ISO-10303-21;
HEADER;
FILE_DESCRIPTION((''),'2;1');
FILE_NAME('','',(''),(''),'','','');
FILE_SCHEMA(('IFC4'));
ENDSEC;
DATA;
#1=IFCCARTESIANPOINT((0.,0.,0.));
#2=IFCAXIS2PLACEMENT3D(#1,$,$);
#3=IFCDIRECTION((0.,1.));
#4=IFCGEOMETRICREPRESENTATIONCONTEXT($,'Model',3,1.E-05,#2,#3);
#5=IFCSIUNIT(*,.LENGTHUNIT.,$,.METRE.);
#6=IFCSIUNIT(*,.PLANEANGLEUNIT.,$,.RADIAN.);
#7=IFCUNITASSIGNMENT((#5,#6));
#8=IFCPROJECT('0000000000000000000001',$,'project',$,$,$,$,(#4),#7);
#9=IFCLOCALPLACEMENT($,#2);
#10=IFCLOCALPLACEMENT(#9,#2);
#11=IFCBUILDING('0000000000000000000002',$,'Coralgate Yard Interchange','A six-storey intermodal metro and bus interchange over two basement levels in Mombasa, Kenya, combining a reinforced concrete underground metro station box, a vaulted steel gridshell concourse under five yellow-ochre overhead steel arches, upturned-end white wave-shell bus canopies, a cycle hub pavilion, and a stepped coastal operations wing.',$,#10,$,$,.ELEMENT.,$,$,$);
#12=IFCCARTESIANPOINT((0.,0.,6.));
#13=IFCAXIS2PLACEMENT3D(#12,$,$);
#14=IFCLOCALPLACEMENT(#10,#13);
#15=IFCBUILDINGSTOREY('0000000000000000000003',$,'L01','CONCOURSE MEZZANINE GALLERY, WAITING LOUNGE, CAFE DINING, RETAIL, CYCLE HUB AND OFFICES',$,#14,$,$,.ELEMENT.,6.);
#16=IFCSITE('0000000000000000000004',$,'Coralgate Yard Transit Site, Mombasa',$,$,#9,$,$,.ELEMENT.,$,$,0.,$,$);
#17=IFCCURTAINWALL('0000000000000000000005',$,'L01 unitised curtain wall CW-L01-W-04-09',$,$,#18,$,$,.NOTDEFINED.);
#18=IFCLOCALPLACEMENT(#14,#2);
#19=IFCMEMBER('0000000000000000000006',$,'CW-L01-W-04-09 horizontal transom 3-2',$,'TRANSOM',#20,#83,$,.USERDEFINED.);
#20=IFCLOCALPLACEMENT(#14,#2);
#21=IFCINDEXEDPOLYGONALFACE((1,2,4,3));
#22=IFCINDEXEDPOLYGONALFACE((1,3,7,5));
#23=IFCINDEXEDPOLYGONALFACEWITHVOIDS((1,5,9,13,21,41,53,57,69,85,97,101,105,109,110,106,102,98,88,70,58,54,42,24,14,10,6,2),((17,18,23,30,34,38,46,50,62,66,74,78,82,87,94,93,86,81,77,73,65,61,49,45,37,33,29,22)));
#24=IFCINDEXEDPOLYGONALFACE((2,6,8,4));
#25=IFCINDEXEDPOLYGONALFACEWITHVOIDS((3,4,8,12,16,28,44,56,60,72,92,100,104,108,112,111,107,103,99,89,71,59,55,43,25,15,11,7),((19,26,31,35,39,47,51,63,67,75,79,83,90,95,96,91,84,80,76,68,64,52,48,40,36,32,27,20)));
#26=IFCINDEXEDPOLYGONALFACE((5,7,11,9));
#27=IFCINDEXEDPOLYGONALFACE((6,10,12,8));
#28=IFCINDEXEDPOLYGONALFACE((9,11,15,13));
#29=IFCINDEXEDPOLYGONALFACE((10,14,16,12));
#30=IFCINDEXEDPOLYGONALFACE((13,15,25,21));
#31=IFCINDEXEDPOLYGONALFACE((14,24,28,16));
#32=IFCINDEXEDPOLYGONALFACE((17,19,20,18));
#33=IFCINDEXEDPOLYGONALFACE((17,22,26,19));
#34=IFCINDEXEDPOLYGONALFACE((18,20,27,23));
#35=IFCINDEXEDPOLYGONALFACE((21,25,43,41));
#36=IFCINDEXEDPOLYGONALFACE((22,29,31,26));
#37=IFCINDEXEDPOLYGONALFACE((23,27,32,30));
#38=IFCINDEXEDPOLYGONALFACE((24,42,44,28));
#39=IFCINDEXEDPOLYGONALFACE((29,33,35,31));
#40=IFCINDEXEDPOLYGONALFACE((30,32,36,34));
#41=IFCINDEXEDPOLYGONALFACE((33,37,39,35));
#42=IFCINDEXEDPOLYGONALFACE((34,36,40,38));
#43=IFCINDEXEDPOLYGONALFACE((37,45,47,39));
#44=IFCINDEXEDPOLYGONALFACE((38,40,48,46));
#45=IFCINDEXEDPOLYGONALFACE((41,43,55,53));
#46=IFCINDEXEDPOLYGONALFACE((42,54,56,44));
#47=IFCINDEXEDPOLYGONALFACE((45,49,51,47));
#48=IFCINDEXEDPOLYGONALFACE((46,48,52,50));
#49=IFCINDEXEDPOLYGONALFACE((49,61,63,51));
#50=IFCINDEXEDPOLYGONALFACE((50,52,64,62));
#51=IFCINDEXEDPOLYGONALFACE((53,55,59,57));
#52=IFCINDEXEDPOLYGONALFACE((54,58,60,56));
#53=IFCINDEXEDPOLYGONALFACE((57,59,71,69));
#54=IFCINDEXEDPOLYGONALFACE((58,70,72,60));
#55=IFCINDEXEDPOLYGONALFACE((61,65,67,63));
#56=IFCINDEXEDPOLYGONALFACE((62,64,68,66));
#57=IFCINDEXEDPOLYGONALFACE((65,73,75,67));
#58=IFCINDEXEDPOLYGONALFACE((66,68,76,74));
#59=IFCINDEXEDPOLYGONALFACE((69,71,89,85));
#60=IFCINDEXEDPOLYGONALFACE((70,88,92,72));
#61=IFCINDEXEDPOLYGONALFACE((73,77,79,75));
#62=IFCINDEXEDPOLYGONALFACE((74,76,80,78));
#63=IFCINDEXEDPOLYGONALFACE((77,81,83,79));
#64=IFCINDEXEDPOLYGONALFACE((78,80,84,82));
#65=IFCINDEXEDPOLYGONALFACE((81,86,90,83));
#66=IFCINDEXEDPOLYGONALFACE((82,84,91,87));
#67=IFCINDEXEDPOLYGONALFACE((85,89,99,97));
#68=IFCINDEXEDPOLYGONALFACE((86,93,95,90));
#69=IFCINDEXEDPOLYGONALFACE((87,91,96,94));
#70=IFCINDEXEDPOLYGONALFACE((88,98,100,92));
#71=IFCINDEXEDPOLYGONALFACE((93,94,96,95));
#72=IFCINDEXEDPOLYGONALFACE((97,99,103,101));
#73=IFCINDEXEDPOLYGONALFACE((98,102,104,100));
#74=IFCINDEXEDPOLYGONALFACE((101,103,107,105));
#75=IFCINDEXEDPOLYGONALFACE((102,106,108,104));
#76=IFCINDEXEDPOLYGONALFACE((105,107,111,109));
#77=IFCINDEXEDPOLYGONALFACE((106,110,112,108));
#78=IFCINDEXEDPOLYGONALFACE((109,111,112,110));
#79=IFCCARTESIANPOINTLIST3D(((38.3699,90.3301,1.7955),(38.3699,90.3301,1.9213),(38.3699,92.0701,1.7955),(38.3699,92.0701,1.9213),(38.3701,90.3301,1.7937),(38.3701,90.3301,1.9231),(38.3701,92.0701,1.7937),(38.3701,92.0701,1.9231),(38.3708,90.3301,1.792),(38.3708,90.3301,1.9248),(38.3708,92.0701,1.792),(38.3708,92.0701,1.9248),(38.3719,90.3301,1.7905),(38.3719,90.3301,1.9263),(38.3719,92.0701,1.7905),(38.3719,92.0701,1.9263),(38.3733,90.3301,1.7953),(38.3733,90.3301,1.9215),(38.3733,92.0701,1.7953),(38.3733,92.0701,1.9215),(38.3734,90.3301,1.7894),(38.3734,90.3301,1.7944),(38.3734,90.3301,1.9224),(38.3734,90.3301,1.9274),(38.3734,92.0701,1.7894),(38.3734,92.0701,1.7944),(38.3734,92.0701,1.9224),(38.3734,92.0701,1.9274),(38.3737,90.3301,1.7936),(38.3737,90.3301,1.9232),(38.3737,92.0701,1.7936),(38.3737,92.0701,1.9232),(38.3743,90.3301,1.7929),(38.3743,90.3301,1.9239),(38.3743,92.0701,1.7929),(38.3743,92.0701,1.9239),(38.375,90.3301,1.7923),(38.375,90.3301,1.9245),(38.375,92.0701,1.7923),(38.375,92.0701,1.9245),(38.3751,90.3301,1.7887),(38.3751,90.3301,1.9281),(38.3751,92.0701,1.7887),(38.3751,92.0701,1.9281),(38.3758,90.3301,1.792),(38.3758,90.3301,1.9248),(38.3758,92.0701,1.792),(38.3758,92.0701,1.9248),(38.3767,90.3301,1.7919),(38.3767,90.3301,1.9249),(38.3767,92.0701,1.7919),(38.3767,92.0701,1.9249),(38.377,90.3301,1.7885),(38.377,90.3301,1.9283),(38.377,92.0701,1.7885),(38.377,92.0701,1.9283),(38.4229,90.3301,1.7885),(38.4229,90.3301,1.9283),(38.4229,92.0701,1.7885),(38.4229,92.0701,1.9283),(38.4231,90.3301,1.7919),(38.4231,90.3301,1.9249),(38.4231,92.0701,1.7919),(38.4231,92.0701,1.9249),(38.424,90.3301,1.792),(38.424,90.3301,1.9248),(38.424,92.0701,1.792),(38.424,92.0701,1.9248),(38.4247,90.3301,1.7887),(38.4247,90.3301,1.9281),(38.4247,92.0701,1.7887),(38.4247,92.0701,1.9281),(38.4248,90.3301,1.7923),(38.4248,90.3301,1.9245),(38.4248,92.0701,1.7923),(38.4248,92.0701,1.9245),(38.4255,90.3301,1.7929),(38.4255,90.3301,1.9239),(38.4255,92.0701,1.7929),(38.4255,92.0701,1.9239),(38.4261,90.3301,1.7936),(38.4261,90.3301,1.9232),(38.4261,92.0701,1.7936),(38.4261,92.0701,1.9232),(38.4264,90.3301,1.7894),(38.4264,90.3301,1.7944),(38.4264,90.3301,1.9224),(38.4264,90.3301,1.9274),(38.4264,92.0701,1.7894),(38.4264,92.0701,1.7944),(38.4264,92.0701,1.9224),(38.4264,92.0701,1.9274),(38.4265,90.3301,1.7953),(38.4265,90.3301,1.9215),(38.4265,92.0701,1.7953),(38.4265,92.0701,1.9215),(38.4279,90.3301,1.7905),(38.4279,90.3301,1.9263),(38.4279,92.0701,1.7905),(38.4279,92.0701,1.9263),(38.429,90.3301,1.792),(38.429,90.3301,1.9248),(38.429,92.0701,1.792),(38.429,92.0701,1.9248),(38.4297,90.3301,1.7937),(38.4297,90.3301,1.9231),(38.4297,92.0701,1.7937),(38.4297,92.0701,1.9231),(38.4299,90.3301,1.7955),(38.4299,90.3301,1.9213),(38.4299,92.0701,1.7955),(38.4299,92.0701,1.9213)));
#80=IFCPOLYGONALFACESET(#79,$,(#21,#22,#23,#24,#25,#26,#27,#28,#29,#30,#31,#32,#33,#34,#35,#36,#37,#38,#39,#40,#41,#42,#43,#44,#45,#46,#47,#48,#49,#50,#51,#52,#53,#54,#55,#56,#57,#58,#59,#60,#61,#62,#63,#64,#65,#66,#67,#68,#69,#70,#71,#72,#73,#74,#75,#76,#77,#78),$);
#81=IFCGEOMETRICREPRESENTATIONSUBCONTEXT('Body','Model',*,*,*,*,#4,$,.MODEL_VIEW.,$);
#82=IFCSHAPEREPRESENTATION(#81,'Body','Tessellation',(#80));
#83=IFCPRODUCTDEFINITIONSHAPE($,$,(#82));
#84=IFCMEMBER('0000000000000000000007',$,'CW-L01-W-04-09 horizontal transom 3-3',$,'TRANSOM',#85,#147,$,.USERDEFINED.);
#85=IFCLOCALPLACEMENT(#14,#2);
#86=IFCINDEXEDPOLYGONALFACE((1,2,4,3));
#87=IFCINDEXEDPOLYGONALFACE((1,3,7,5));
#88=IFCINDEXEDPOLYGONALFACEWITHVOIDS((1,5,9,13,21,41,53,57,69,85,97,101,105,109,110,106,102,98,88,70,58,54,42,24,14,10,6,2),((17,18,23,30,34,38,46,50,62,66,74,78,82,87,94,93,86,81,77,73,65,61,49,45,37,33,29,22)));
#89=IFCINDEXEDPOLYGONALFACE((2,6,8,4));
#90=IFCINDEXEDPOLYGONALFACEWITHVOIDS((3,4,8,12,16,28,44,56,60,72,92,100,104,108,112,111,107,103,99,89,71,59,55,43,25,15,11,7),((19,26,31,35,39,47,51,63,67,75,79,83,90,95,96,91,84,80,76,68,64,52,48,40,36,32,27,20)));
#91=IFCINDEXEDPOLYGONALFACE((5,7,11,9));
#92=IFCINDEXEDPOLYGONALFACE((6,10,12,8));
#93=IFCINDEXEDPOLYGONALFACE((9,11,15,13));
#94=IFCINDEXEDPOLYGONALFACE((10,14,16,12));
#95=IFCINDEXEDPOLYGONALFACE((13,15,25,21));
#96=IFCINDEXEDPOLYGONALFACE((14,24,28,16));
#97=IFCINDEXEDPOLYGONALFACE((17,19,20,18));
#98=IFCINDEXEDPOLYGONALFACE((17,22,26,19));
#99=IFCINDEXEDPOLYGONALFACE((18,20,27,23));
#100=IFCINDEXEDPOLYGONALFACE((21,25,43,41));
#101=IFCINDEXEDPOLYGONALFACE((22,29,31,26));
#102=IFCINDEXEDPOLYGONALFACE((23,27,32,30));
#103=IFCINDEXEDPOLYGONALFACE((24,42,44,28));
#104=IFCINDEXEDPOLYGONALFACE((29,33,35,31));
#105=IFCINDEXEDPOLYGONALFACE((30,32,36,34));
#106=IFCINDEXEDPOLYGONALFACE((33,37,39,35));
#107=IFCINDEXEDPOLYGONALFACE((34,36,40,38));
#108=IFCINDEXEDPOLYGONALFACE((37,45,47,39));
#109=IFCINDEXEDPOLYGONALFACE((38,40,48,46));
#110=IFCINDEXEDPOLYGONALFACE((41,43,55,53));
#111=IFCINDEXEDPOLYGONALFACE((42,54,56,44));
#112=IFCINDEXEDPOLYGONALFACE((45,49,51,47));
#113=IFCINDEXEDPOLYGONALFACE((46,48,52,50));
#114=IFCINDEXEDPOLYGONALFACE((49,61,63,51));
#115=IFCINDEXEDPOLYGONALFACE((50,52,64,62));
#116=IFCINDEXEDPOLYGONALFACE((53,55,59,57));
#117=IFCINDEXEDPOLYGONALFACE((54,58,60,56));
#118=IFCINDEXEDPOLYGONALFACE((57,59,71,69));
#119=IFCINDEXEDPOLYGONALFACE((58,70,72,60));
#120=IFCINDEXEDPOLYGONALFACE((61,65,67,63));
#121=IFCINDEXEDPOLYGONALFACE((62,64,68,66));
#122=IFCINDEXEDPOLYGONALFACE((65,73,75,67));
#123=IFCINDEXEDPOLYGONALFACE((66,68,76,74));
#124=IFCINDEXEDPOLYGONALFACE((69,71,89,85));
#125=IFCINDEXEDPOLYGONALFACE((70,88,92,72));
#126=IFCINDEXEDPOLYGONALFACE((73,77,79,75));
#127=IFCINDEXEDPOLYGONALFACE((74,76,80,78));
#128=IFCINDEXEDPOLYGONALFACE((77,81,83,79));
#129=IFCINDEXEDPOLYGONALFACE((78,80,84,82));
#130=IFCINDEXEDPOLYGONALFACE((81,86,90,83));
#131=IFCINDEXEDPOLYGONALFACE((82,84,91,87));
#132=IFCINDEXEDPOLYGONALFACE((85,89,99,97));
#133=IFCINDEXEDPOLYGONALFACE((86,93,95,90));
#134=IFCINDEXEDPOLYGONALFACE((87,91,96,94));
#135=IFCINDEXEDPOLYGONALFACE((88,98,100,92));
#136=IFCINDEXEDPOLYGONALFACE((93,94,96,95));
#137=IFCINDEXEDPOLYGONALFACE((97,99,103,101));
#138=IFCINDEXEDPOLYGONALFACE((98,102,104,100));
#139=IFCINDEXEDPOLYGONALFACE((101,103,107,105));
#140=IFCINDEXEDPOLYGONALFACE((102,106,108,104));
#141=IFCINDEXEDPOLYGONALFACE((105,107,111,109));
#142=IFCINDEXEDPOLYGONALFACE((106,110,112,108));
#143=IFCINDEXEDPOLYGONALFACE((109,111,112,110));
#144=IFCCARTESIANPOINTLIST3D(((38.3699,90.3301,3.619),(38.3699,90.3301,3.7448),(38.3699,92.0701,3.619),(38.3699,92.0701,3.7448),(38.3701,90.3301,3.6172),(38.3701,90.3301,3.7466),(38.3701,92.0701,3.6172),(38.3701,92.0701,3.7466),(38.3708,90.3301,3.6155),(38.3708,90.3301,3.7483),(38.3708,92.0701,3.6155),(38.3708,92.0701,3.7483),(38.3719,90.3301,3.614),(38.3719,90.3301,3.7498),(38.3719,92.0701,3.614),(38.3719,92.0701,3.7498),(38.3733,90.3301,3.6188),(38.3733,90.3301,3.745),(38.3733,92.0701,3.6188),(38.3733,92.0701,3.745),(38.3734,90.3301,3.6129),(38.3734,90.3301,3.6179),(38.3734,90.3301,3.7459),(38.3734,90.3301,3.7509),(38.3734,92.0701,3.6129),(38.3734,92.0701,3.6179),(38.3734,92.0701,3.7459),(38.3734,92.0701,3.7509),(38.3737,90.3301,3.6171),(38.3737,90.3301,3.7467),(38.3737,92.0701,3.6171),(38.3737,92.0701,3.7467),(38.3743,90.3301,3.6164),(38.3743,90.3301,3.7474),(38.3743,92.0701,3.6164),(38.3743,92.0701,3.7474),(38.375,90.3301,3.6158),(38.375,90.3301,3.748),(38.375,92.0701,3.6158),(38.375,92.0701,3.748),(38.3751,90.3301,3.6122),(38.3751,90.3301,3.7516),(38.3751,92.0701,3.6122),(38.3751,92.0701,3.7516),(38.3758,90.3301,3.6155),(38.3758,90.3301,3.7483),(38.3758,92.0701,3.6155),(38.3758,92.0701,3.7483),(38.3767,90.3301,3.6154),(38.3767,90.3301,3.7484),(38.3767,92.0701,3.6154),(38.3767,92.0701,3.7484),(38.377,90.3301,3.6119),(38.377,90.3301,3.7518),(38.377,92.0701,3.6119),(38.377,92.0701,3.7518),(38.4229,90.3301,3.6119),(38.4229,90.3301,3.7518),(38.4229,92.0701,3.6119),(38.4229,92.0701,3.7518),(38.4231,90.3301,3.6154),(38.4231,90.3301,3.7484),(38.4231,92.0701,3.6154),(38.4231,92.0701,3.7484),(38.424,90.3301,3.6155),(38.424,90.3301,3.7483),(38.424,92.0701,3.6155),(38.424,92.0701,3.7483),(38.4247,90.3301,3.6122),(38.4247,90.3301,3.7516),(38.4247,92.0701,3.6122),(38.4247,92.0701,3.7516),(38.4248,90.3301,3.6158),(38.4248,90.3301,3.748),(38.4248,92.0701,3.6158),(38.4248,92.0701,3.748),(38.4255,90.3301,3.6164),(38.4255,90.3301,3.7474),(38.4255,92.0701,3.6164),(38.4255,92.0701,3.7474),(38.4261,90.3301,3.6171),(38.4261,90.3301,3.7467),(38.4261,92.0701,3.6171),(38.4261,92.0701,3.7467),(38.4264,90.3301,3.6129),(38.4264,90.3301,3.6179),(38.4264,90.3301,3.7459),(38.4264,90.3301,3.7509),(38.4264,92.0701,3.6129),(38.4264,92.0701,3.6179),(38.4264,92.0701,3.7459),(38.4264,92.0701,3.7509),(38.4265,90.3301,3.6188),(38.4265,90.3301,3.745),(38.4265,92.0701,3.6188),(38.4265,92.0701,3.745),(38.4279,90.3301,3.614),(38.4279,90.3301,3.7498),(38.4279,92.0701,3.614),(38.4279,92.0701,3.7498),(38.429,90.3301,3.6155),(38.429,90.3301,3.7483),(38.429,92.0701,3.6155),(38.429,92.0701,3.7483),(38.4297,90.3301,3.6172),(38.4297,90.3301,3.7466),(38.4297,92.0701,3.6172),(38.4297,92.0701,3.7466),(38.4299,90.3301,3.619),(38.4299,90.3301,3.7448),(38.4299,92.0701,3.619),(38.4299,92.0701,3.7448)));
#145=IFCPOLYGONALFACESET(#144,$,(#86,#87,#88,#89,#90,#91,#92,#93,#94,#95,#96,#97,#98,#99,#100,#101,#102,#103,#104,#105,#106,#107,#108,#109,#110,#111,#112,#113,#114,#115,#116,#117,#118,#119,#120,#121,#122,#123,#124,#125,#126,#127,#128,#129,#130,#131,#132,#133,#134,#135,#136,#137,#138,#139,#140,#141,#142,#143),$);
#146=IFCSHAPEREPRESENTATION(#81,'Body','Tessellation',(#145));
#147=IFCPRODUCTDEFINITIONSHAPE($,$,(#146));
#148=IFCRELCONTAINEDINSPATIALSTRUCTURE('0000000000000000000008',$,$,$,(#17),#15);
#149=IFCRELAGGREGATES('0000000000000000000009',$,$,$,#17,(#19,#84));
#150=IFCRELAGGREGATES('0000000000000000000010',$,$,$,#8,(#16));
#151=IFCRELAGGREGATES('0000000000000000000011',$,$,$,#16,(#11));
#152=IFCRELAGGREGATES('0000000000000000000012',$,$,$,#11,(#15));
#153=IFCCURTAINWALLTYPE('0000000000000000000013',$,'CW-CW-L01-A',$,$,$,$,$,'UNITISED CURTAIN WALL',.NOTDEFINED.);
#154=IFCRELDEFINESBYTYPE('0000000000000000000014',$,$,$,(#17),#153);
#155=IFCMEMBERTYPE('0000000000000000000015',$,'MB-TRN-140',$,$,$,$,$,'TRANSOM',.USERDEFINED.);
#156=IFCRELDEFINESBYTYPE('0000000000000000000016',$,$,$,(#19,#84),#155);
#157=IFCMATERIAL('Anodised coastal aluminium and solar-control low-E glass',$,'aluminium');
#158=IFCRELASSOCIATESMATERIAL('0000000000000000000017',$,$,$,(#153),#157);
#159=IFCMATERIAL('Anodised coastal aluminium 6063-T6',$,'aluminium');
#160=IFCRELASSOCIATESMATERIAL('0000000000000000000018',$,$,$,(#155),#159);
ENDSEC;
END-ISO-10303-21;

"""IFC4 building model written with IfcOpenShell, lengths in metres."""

from ifc_helpers import new_model, si_unit, direction, frame, origin, origin_2d, place, context, subcontext, project, spatial, hollow_rectangle, extrude, material, material_profile, profile_set, type_object, element, aggregate, save


model = new_model("IFC4")

# Units and contexts
model_context = context("Model", 3, precision=1e-05, world=origin(), true_north=direction((0.0, 1.0)))
body_context = subcontext(model_context, "Body", "Model", "MODEL_VIEW")
ifc_project = project(units=[si_unit("LENGTHUNIT", "METRE"), si_unit("PLANEANGLEUNIT", "RADIAN")], contexts=[model_context])

# Site, building, storey
site_placement = place(None, origin())
site = spatial("IfcSite", under=ifc_project, at=site_placement, Name="Coralgate Yard Transit Site, Mombasa", CompositionType="ELEMENT", RefElevation=0.0)
building_placement = place(site_placement, origin())
building = spatial("IfcBuilding", under=site, at=building_placement, Name="Coralgate Yard Interchange", Description="A six-storey intermodal metro and bus interchange over two basement levels in Mombasa, Kenya, combining a reinforced concrete underground metro station box, a vaulted steel gridshell concourse under five yellow-ochre overhead steel arches, upturned-end white wave-shell bus canopies, a cycle hub pavilion, and a stepped coastal operations wing.", CompositionType="ELEMENT")
storey_placement = place(building_placement, frame((0.0, 0.0, 6.0)))
storey = spatial("IfcBuildingStorey", under=building, at=storey_placement, Name="L01", Description="CONCOURSE MEZZANINE GALLERY, WAITING LOUNGE, CAFE DINING, RETAIL, CYCLE HUB AND OFFICES", CompositionType="ELEMENT", Elevation=6.0)

# Curtain wall, members
ifc_material_1 = material(Name="Anodised coastal aluminium and solar-control low-E glass", Category="aluminium")
curtain_wall_type = type_object("IfcCurtainWallType", Name="CW-CW-L01-A", ElementType="UNITISED CURTAIN WALL", PredefinedType="NOTDEFINED", material=ifc_material_1)
curtain_wall_placement = place(storey_placement, origin())
curtain_wall = element("IfcCurtainWall", 1, at=curtain_wall_placement, inside=storey, type_object=curtain_wall_type, Name="L01 unitised curtain wall CW-L01-W-04-09", PredefinedType="NOTDEFINED")
ifc_material_2 = material(Name="Anodised coastal aluminium 6063-T6", Category="aluminium")
ifc_material_profile_1 = material_profile(ifc_material_2, hollow_rectangle(XDim=0.0601, YDim=0.1399, WallThickness=0.0034, InnerFilletRadius=0.0034, OuterFilletRadius=0.0071, at=origin_2d()), Name="ALU 60x140x3.5")
ifc_profile_set_1 = profile_set([ifc_material_profile_1], Name="Anodised coastal aluminium 6063-T6")
member_type_1 = type_object("IfcMemberType", Name="MB-TRN-140", ElementType="TRANSOM", PredefinedType="USERDEFINED", material=ifc_profile_set_1)
member_1_placement = place(storey_placement, frame((38.3999, 90.3301, 1.8584), z_axis=(0.0, 1.0, 0.0), x_axis=(-1.0, 0.0, 0.0)))
member_1 = element("IfcMember", 2, at=member_1_placement, type_object=member_type_1, Name="CW-L01-W-04-09 horizontal transom 3-2", ObjectType="TRANSOM", PredefinedType="USERDEFINED", context=body_context, shape_type="SweptSolid", body=[
    extrude(hollow_rectangle(XDim=0.0601, YDim=0.1399, WallThickness=0.0034, InnerFilletRadius=0.0034, OuterFilletRadius=0.0071, at=origin_2d()), origin(), (0.0, 0.0, 1.0), 1.74),
])
member_2_placement = place(storey_placement, frame((38.3999, 90.3301, 3.6819), z_axis=(0.0, 1.0, 0.0), x_axis=(-1.0, 0.0, 0.0)))
member_2 = element("IfcMember", 3, at=member_2_placement, type_object=member_type_1, Name="CW-L01-W-04-09 horizontal transom 3-3", ObjectType="TRANSOM", PredefinedType="USERDEFINED", context=body_context, shape_type="SweptSolid", body=[
    extrude(hollow_rectangle(XDim=0.0601, YDim=0.1399, WallThickness=0.0034, InnerFilletRadius=0.0034, OuterFilletRadius=0.0071, at=origin_2d()), origin(), (0.0, 0.0, 1.0), 1.74),
])
aggregate(curtain_wall, [member_1, member_2])

save(model, "model.ifc")
